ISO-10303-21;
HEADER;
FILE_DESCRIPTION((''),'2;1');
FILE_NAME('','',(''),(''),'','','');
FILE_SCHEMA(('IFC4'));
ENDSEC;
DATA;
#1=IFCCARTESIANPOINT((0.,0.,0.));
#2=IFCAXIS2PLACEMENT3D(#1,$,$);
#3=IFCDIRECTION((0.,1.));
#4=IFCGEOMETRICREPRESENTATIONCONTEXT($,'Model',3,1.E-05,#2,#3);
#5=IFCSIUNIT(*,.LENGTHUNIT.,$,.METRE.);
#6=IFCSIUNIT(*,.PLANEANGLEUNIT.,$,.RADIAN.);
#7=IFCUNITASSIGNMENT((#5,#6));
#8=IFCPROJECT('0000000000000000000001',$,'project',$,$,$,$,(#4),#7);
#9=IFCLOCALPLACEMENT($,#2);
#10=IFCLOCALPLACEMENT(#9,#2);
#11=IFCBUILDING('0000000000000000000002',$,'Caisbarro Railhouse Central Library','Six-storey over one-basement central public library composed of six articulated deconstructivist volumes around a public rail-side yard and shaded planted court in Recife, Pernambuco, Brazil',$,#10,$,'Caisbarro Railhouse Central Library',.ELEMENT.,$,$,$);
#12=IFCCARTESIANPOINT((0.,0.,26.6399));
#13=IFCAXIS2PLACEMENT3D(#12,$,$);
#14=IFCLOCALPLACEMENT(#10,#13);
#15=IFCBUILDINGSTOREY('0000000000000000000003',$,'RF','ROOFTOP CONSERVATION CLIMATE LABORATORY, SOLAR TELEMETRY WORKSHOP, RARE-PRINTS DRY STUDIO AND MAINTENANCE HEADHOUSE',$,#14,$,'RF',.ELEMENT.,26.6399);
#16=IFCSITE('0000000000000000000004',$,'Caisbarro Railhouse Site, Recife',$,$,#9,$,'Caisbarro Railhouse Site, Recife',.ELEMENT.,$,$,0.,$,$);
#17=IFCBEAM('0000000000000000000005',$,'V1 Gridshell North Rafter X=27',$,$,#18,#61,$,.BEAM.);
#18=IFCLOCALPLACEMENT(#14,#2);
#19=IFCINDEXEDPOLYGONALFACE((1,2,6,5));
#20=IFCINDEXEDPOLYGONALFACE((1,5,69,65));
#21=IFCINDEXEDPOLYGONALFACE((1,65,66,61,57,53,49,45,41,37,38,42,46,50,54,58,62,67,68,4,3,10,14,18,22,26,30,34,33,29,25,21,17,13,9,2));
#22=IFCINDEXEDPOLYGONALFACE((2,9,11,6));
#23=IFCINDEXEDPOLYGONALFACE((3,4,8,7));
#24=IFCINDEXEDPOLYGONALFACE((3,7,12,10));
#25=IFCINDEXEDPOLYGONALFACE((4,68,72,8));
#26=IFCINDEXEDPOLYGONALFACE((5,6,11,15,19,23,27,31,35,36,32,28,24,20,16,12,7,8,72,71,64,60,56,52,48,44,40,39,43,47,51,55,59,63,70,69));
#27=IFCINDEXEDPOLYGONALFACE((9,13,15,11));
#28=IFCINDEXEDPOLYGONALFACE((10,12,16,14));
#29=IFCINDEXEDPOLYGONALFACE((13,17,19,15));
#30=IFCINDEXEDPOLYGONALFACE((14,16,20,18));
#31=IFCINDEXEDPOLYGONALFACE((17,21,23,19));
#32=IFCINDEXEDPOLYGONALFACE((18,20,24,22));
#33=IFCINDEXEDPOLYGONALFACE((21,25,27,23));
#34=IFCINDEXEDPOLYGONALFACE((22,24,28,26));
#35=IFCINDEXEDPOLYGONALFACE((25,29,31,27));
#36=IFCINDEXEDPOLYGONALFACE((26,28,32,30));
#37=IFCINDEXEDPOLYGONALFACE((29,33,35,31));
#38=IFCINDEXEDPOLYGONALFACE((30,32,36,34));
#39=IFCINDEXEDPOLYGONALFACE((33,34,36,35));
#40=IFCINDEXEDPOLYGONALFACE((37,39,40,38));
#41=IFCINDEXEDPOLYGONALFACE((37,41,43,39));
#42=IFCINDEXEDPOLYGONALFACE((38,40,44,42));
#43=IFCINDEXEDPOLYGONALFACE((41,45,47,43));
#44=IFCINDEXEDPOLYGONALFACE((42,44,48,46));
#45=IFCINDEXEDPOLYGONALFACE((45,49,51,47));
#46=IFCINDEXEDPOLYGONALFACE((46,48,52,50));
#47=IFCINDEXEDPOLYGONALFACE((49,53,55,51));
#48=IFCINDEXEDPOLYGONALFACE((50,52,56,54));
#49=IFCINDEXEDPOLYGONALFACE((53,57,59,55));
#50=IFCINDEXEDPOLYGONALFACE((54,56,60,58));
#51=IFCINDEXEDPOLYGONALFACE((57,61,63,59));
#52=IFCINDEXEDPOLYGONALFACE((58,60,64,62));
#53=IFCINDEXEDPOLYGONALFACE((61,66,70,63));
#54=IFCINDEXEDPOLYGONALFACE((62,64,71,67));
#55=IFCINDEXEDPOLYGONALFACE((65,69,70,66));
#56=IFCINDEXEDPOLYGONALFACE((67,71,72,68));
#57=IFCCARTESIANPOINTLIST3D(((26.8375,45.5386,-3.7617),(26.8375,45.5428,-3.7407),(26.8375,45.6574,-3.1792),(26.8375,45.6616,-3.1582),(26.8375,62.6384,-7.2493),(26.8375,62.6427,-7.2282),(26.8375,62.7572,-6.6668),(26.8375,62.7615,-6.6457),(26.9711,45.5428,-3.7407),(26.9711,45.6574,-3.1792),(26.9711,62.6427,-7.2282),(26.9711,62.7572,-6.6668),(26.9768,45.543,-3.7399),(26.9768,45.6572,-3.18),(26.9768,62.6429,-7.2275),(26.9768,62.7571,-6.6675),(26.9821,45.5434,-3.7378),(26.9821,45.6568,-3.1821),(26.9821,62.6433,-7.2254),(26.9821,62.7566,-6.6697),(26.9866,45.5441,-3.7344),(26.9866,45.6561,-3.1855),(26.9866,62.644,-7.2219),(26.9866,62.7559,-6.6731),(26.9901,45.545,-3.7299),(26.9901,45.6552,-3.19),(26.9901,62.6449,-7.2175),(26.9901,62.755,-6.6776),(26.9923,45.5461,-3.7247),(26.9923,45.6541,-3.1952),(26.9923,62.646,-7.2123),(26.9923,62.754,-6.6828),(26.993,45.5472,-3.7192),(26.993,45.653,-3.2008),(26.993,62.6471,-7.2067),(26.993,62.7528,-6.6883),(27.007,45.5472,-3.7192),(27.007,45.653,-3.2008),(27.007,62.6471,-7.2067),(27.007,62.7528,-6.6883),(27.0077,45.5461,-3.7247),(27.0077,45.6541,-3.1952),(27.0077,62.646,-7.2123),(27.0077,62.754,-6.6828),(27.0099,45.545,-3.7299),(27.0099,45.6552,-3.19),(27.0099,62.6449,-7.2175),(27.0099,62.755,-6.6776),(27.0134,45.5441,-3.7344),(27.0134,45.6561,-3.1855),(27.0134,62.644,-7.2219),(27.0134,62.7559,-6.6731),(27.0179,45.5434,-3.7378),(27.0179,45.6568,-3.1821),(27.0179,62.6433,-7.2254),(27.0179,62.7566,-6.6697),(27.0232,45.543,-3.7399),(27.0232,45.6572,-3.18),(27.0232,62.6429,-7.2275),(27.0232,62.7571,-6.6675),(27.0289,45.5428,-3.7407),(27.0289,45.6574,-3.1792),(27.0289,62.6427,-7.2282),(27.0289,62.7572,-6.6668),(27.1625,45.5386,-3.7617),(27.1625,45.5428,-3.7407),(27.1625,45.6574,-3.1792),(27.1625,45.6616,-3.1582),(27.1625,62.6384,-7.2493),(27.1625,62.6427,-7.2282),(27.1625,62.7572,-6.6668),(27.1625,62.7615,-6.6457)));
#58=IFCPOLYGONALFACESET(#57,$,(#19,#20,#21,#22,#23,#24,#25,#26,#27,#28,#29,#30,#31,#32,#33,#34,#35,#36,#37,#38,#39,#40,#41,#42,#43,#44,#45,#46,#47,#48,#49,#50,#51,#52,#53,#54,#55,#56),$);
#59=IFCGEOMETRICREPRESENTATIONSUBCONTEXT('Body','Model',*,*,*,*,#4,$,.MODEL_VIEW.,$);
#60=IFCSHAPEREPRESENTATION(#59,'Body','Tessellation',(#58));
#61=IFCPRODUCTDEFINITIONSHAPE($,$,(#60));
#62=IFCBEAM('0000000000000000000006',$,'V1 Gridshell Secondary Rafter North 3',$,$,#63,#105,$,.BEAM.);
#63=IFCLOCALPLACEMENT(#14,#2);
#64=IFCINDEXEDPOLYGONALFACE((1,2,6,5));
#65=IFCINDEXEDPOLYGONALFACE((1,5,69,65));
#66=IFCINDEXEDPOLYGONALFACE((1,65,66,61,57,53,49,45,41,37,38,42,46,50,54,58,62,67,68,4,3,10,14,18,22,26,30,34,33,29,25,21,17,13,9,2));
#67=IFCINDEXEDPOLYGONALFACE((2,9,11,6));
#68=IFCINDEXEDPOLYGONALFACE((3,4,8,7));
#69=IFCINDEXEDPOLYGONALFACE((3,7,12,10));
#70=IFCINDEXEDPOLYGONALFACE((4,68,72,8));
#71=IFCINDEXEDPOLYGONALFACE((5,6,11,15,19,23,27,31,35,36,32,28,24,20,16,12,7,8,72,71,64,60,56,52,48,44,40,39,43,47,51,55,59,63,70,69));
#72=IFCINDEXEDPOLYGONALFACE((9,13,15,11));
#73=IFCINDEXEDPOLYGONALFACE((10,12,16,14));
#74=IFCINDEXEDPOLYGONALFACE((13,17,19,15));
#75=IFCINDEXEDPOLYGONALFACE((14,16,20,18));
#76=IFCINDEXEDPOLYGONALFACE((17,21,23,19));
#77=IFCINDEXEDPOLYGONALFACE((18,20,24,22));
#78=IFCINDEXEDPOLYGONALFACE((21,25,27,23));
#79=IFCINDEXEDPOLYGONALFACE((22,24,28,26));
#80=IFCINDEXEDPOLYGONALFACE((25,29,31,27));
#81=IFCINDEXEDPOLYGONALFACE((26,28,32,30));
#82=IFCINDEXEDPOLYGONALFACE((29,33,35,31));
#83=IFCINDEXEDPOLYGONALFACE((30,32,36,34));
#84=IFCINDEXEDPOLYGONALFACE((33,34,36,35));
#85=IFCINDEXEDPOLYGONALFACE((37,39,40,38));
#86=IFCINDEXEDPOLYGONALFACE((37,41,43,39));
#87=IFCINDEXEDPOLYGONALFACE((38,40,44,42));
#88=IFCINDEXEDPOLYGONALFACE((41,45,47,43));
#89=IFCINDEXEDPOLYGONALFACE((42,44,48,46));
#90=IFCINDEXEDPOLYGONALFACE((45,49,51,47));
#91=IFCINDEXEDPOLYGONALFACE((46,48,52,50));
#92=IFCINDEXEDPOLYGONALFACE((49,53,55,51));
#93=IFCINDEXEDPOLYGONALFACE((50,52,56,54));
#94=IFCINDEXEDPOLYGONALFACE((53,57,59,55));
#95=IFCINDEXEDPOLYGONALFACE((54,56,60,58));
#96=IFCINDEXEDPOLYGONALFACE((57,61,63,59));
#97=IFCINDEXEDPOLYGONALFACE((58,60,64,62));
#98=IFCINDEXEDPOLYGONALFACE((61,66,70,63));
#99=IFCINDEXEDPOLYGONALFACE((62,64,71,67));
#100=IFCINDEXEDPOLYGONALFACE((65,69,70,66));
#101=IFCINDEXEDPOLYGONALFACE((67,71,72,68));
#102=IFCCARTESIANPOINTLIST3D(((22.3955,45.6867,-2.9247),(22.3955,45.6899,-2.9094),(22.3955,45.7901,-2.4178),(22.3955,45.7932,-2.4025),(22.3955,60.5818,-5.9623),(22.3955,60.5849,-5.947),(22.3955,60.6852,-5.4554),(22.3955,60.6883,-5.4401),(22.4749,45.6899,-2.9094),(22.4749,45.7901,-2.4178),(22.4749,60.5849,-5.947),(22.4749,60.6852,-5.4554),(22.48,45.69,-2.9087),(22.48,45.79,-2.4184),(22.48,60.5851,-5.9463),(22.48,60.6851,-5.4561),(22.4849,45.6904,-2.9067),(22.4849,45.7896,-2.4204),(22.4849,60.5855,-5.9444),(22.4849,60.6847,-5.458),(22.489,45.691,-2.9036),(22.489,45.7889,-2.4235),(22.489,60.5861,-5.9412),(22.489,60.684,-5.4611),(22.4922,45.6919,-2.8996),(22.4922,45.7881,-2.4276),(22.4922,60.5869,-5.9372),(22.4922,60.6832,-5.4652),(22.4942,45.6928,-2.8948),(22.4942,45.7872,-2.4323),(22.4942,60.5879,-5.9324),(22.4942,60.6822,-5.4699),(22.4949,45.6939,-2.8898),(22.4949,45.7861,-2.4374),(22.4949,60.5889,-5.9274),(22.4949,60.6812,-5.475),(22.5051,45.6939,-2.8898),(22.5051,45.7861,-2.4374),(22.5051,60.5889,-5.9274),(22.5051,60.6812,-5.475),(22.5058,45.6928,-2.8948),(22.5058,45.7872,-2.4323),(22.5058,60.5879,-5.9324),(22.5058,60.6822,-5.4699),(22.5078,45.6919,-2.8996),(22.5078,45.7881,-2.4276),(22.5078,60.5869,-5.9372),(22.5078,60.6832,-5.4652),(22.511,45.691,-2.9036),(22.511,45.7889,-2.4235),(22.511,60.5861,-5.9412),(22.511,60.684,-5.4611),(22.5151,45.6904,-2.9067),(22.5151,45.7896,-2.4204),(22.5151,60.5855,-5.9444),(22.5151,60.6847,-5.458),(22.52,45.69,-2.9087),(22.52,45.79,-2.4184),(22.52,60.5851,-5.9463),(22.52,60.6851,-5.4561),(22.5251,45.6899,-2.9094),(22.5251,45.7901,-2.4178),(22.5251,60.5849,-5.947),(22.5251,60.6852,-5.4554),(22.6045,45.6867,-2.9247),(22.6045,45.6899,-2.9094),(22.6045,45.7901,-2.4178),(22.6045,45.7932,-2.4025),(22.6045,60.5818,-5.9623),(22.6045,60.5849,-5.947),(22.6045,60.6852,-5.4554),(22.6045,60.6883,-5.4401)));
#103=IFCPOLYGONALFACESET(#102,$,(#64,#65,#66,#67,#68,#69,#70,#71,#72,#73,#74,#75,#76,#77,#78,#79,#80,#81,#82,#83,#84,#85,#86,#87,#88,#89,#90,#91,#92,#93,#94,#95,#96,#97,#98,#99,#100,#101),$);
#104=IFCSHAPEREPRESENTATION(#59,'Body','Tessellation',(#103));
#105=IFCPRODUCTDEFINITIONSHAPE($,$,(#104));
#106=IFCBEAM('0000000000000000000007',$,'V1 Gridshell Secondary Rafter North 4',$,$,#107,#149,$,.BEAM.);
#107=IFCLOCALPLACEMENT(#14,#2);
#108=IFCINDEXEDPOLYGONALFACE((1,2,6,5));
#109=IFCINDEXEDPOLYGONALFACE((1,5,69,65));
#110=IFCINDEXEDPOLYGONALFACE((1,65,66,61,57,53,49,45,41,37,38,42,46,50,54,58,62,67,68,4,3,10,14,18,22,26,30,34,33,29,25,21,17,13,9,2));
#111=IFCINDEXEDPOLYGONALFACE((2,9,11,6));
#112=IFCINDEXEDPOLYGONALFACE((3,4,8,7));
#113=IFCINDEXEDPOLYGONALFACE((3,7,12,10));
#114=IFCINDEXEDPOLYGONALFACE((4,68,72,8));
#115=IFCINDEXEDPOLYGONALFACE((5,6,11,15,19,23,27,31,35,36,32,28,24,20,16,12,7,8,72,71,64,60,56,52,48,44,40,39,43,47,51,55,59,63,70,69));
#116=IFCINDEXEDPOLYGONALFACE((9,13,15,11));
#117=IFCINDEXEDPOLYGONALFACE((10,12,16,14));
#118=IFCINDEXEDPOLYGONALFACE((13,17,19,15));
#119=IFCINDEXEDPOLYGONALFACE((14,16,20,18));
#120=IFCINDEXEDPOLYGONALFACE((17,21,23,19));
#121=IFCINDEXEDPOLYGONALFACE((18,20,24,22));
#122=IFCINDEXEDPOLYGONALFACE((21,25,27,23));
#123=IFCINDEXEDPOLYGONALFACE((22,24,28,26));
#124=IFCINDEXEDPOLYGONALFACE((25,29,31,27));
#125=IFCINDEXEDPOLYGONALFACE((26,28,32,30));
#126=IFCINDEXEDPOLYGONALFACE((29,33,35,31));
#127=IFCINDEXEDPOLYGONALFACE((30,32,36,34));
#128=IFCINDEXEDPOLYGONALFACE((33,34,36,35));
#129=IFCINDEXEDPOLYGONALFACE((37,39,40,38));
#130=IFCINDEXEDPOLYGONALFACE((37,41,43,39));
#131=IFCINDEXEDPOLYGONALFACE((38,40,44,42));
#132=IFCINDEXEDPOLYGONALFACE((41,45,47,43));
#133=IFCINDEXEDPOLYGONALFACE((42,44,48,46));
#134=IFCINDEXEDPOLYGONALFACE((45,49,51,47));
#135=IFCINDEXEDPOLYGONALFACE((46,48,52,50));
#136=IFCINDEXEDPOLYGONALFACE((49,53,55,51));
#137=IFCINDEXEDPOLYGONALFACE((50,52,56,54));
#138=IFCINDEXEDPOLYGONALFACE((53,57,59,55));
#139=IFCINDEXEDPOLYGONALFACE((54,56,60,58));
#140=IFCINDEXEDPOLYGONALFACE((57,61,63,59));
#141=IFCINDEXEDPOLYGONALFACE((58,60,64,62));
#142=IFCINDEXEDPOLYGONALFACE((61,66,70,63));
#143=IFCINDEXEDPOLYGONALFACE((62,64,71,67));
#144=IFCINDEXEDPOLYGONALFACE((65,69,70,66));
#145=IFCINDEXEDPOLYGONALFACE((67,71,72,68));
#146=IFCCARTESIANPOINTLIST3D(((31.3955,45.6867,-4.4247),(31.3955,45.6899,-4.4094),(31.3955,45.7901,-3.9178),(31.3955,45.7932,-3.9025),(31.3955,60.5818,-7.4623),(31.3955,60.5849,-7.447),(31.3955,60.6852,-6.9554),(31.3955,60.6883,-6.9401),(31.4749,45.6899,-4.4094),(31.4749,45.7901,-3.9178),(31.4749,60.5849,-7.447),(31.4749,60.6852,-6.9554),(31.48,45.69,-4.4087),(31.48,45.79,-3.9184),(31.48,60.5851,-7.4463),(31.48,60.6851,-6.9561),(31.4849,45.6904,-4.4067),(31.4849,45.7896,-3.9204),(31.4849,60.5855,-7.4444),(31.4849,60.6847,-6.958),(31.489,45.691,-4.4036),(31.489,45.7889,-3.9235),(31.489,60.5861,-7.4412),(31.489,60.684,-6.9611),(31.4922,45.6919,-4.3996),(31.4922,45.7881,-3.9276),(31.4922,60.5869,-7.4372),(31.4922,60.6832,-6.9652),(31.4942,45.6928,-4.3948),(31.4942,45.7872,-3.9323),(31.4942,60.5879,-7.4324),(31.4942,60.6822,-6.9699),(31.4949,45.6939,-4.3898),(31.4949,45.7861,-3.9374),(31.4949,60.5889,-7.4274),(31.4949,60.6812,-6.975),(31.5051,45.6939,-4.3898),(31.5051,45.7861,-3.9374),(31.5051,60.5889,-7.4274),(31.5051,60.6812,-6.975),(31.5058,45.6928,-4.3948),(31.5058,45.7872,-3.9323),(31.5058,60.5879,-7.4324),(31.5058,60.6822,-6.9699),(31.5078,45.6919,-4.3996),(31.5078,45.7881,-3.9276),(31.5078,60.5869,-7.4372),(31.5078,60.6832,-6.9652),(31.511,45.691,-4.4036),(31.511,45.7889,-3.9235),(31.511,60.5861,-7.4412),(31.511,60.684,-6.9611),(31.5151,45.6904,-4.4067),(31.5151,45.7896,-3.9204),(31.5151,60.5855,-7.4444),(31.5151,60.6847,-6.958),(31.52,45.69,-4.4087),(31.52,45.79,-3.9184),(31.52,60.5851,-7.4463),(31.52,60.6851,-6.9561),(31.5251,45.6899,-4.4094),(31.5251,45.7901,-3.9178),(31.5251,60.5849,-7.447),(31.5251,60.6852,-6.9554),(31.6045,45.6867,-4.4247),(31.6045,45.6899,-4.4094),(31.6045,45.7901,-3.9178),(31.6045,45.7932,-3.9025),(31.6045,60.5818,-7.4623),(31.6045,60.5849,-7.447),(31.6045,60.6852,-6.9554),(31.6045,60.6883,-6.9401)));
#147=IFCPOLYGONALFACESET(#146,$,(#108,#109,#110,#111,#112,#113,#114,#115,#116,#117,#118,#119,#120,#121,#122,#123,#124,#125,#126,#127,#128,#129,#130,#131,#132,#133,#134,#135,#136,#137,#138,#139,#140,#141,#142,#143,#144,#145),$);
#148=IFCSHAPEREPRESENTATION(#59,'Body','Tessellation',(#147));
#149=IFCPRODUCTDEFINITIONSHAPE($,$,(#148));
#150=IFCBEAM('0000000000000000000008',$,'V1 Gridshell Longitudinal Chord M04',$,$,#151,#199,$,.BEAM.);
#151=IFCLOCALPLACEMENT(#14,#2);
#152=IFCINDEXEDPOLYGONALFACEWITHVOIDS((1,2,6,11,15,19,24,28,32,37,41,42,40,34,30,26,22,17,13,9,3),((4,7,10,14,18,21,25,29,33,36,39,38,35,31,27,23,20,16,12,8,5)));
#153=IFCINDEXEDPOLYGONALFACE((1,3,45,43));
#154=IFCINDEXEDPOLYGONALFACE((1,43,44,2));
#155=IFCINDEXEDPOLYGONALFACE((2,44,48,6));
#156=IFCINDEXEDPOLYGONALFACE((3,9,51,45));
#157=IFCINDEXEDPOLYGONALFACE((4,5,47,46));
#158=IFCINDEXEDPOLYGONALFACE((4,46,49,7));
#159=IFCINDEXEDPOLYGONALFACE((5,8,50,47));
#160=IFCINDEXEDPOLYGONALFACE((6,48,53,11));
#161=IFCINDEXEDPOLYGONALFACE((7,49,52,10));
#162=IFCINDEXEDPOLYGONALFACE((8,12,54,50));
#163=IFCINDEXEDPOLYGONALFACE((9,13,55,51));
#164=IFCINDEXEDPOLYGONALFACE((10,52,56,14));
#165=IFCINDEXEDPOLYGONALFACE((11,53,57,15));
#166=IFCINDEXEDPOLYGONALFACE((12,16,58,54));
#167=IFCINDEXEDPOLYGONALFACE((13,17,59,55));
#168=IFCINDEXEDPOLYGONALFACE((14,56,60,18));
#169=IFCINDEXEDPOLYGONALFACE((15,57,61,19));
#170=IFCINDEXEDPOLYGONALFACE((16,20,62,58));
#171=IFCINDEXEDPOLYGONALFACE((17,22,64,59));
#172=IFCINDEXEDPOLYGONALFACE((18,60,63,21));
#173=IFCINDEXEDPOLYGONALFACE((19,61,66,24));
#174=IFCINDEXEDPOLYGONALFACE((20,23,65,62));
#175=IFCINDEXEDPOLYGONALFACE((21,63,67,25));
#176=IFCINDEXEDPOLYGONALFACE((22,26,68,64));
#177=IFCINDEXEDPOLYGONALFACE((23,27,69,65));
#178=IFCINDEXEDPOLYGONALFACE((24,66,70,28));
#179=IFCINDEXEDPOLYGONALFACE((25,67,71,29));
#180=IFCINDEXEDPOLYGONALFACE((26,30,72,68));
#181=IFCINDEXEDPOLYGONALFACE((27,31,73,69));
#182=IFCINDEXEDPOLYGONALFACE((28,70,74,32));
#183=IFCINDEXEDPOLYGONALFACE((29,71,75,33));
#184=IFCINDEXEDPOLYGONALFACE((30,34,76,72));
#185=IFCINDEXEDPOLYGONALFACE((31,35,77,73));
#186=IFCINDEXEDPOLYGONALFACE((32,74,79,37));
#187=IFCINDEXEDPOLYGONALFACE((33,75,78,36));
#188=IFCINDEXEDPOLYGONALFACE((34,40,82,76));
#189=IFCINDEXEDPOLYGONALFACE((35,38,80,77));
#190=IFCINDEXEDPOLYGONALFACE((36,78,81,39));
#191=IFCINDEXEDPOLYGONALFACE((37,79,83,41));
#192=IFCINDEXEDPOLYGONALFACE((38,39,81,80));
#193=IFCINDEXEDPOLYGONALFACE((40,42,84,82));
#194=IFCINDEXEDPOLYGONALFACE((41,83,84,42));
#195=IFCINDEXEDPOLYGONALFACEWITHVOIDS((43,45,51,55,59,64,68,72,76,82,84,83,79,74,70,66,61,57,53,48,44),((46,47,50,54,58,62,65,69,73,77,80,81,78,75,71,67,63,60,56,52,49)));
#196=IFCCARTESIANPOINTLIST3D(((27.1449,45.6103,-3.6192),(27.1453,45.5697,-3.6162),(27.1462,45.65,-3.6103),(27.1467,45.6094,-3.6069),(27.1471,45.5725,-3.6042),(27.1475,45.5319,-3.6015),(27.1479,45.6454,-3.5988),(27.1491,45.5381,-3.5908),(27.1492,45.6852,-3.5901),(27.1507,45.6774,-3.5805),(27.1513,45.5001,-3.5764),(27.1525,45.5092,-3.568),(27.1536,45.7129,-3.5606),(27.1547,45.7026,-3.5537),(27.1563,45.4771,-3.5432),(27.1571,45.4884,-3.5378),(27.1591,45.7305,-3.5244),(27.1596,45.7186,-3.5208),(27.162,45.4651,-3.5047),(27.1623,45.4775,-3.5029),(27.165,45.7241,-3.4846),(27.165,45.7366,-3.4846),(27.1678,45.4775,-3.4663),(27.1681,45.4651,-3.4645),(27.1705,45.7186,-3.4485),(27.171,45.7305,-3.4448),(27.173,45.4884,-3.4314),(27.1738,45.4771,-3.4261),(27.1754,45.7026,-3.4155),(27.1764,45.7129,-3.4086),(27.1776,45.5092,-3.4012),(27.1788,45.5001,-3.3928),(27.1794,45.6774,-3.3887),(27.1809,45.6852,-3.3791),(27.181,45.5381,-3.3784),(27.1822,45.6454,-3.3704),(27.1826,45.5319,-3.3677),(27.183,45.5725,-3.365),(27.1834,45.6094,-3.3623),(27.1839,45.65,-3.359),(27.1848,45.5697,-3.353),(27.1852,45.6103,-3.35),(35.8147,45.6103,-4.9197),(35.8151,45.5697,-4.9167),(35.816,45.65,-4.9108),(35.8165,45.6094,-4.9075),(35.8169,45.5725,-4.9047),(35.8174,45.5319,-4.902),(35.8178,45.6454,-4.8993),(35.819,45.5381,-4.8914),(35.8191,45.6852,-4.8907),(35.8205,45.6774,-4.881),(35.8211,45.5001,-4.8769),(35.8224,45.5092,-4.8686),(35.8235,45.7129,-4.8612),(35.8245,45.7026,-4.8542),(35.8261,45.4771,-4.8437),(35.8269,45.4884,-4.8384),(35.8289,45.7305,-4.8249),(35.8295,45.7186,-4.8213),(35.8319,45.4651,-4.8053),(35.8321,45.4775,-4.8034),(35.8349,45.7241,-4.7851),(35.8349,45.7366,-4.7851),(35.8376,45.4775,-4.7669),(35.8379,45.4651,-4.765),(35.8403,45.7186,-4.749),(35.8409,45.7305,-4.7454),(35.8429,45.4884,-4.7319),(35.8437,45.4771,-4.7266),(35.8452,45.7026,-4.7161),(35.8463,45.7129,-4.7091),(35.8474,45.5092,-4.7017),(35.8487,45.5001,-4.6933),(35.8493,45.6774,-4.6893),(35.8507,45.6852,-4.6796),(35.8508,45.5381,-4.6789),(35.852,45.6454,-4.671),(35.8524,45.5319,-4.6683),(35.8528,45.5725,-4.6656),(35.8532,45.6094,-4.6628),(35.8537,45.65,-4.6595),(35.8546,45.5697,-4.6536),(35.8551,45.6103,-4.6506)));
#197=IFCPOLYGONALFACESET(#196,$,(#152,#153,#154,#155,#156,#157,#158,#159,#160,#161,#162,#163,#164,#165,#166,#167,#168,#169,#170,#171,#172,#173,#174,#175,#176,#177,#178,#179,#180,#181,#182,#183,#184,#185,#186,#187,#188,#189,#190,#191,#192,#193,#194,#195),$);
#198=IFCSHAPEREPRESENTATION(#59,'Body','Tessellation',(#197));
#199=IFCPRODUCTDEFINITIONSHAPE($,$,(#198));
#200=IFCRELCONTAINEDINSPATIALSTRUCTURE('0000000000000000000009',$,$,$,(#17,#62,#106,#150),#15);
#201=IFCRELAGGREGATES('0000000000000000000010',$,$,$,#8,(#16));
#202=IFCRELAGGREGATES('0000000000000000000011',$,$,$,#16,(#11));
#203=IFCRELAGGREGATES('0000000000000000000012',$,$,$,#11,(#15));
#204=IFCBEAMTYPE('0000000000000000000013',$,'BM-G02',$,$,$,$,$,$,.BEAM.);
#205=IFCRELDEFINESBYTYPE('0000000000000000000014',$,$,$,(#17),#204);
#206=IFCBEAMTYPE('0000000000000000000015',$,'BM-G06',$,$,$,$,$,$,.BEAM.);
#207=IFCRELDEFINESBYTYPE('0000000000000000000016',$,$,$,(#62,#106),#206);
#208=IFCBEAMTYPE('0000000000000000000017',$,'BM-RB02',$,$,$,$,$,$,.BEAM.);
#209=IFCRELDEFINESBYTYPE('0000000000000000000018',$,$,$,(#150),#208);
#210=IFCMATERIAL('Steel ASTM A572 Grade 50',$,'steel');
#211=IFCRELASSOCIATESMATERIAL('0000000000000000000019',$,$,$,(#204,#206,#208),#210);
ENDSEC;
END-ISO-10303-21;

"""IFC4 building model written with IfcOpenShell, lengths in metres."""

from ifc_helpers import new_model, si_unit, direction, frame, origin, origin_2d, place, context, subcontext, project, spatial, hollow_circle, i_section, extrude, material, material_profile, profile_set, type_object, element, save


model = new_model("IFC4")

# Units and contexts
model_context = context("Model", 3, precision=1e-05, world=origin(), true_north=direction((0.0, 1.0)))
body_context = subcontext(model_context, "Body", "Model", "MODEL_VIEW")
ifc_project = project(units=[si_unit("LENGTHUNIT", "METRE"), si_unit("PLANEANGLEUNIT", "RADIAN")], contexts=[model_context])

# Site, building, storey
site_placement = place(None, origin())
site = spatial("IfcSite", under=ifc_project, at=site_placement, Name="Caisbarro Railhouse Site, Recife", LongName="Caisbarro Railhouse Site, Recife", CompositionType="ELEMENT", RefElevation=0.0)
building_placement = place(site_placement, origin())
building = spatial("IfcBuilding", under=site, at=building_placement, Name="Caisbarro Railhouse Central Library", Description="Six-storey over one-basement central public library composed of six articulated deconstructivist volumes around a public rail-side yard and shaded planted court in Recife, Pernambuco, Brazil", LongName="Caisbarro Railhouse Central Library", CompositionType="ELEMENT")
storey_placement = place(building_placement, frame((0.0, 0.0, 26.6399)))
storey = spatial("IfcBuildingStorey", under=building, at=storey_placement, Name="RF", Description="ROOFTOP CONSERVATION CLIMATE LABORATORY, SOLAR TELEMETRY WORKSHOP, RARE-PRINTS DRY STUDIO AND MAINTENANCE HEADHOUSE", LongName="RF", CompositionType="ELEMENT", Elevation=26.6399)

# Beams
ifc_material_1 = material(Name="Steel ASTM A572 Grade 50", Category="steel")
ifc_material_profile_1 = material_profile(ifc_material_1, i_section(OverallWidth=0.325, OverallDepth=0.616, WebThickness=0.0139, FlangeThickness=0.0215, FilletRadius=0.022, at=origin_2d()), Name="W610X174.0")
ifc_profile_set_1 = profile_set([ifc_material_profile_1], Name="Steel ASTM A572 Grade 50")
beam_type_1 = type_object("IfcBeamType", Name="BM-G02", PredefinedType="BEAM", material=ifc_profile_set_1)
beam_1_placement = place(storey_placement, frame((27.0, 45.6001, -3.46), z_axis=(0.0, 0.979829, -0.199838), x_axis=(-1.0, 0.0, 0.0)))
element("IfcBeam", 1, at=beam_1_placement, inside=storey, type_object=beam_type_1, Name="V1 Gridshell North Rafter X=27", PredefinedType="BEAM", context=body_context, shape_type="SweptSolid", body=[
    extrude(i_section(OverallWidth=0.325, OverallDepth=0.616, WebThickness=0.0139, FlangeThickness=0.0215, FilletRadius=0.022, at=origin_2d()), origin(), (0.0, 0.0, 1.0), 17.4519),
])
ifc_material_profile_2 = material_profile(ifc_material_1, i_section(OverallWidth=0.209, OverallDepth=0.533, WebThickness=0.0103, FlangeThickness=0.0156, FilletRadius=0.02, at=origin_2d()), Name="W530X92.0")
ifc_profile_set_2 = profile_set([ifc_material_profile_2], Name="Steel ASTM A572 Grade 50")
beam_type_2 = type_object("IfcBeamType", Name="BM-G06", PredefinedType="BEAM", material=ifc_profile_set_2)
for number, where, z_axis, x_axis, name in (
    (2, (22.5, 45.74, -2.6636), (0.0, 0.979832, -0.199821), (-1.0, 0.0, 0.0), "V1 Gridshell Secondary Rafter North 3"),
    (3, (31.5, 45.74, -4.1636), (0.0, 0.979832, -0.199821), (-1.0, 0.0, 0.0), "V1 Gridshell Secondary Rafter North 4"),
):
    element("IfcBeam", number, at=place(storey_placement, frame(where, z_axis=z_axis, x_axis=x_axis)), inside=storey, type_object=beam_type_2, Name=name, PredefinedType="BEAM", context=body_context, shape_type="SweptSolid", body=[
        extrude(i_section(OverallWidth=0.209, OverallDepth=0.533, WebThickness=0.0103, FlangeThickness=0.0156, FilletRadius=0.02, at=origin_2d()), origin(), (0.0, 0.0, 1.0), 15.2017),
    ])
ifc_material_profile_3 = material_profile(ifc_material_1, hollow_circle(Radius=0.1365, WallThickness=0.0125, at=origin_2d()), Name="CHS273.0X12.5")
ifc_profile_set_3 = profile_set([ifc_material_profile_3], Name="Steel ASTM A572 Grade 50")
beam_type_3 = type_object("IfcBeamType", Name="BM-RB02", PredefinedType="BEAM", material=ifc_profile_set_3)
beam_2_placement = place(storey_placement, frame((27.165, 45.6001, -3.4846), z_axis=(0.988936, 0.0, -0.148346), x_axis=(0.0, 1.0, 0.0)))
element("IfcBeam", 4, at=beam_2_placement, inside=storey, type_object=beam_type_3, Name="V1 Gridshell Longitudinal Chord M04", PredefinedType="BEAM", context=body_context, shape_type="SweptSolid", body=[
    extrude(hollow_circle(Radius=0.1365, WallThickness=0.0125, at=origin_2d()), origin(), (0.0, 0.0, 1.0), 8.7668),
])

save(model, "model.ifc")
